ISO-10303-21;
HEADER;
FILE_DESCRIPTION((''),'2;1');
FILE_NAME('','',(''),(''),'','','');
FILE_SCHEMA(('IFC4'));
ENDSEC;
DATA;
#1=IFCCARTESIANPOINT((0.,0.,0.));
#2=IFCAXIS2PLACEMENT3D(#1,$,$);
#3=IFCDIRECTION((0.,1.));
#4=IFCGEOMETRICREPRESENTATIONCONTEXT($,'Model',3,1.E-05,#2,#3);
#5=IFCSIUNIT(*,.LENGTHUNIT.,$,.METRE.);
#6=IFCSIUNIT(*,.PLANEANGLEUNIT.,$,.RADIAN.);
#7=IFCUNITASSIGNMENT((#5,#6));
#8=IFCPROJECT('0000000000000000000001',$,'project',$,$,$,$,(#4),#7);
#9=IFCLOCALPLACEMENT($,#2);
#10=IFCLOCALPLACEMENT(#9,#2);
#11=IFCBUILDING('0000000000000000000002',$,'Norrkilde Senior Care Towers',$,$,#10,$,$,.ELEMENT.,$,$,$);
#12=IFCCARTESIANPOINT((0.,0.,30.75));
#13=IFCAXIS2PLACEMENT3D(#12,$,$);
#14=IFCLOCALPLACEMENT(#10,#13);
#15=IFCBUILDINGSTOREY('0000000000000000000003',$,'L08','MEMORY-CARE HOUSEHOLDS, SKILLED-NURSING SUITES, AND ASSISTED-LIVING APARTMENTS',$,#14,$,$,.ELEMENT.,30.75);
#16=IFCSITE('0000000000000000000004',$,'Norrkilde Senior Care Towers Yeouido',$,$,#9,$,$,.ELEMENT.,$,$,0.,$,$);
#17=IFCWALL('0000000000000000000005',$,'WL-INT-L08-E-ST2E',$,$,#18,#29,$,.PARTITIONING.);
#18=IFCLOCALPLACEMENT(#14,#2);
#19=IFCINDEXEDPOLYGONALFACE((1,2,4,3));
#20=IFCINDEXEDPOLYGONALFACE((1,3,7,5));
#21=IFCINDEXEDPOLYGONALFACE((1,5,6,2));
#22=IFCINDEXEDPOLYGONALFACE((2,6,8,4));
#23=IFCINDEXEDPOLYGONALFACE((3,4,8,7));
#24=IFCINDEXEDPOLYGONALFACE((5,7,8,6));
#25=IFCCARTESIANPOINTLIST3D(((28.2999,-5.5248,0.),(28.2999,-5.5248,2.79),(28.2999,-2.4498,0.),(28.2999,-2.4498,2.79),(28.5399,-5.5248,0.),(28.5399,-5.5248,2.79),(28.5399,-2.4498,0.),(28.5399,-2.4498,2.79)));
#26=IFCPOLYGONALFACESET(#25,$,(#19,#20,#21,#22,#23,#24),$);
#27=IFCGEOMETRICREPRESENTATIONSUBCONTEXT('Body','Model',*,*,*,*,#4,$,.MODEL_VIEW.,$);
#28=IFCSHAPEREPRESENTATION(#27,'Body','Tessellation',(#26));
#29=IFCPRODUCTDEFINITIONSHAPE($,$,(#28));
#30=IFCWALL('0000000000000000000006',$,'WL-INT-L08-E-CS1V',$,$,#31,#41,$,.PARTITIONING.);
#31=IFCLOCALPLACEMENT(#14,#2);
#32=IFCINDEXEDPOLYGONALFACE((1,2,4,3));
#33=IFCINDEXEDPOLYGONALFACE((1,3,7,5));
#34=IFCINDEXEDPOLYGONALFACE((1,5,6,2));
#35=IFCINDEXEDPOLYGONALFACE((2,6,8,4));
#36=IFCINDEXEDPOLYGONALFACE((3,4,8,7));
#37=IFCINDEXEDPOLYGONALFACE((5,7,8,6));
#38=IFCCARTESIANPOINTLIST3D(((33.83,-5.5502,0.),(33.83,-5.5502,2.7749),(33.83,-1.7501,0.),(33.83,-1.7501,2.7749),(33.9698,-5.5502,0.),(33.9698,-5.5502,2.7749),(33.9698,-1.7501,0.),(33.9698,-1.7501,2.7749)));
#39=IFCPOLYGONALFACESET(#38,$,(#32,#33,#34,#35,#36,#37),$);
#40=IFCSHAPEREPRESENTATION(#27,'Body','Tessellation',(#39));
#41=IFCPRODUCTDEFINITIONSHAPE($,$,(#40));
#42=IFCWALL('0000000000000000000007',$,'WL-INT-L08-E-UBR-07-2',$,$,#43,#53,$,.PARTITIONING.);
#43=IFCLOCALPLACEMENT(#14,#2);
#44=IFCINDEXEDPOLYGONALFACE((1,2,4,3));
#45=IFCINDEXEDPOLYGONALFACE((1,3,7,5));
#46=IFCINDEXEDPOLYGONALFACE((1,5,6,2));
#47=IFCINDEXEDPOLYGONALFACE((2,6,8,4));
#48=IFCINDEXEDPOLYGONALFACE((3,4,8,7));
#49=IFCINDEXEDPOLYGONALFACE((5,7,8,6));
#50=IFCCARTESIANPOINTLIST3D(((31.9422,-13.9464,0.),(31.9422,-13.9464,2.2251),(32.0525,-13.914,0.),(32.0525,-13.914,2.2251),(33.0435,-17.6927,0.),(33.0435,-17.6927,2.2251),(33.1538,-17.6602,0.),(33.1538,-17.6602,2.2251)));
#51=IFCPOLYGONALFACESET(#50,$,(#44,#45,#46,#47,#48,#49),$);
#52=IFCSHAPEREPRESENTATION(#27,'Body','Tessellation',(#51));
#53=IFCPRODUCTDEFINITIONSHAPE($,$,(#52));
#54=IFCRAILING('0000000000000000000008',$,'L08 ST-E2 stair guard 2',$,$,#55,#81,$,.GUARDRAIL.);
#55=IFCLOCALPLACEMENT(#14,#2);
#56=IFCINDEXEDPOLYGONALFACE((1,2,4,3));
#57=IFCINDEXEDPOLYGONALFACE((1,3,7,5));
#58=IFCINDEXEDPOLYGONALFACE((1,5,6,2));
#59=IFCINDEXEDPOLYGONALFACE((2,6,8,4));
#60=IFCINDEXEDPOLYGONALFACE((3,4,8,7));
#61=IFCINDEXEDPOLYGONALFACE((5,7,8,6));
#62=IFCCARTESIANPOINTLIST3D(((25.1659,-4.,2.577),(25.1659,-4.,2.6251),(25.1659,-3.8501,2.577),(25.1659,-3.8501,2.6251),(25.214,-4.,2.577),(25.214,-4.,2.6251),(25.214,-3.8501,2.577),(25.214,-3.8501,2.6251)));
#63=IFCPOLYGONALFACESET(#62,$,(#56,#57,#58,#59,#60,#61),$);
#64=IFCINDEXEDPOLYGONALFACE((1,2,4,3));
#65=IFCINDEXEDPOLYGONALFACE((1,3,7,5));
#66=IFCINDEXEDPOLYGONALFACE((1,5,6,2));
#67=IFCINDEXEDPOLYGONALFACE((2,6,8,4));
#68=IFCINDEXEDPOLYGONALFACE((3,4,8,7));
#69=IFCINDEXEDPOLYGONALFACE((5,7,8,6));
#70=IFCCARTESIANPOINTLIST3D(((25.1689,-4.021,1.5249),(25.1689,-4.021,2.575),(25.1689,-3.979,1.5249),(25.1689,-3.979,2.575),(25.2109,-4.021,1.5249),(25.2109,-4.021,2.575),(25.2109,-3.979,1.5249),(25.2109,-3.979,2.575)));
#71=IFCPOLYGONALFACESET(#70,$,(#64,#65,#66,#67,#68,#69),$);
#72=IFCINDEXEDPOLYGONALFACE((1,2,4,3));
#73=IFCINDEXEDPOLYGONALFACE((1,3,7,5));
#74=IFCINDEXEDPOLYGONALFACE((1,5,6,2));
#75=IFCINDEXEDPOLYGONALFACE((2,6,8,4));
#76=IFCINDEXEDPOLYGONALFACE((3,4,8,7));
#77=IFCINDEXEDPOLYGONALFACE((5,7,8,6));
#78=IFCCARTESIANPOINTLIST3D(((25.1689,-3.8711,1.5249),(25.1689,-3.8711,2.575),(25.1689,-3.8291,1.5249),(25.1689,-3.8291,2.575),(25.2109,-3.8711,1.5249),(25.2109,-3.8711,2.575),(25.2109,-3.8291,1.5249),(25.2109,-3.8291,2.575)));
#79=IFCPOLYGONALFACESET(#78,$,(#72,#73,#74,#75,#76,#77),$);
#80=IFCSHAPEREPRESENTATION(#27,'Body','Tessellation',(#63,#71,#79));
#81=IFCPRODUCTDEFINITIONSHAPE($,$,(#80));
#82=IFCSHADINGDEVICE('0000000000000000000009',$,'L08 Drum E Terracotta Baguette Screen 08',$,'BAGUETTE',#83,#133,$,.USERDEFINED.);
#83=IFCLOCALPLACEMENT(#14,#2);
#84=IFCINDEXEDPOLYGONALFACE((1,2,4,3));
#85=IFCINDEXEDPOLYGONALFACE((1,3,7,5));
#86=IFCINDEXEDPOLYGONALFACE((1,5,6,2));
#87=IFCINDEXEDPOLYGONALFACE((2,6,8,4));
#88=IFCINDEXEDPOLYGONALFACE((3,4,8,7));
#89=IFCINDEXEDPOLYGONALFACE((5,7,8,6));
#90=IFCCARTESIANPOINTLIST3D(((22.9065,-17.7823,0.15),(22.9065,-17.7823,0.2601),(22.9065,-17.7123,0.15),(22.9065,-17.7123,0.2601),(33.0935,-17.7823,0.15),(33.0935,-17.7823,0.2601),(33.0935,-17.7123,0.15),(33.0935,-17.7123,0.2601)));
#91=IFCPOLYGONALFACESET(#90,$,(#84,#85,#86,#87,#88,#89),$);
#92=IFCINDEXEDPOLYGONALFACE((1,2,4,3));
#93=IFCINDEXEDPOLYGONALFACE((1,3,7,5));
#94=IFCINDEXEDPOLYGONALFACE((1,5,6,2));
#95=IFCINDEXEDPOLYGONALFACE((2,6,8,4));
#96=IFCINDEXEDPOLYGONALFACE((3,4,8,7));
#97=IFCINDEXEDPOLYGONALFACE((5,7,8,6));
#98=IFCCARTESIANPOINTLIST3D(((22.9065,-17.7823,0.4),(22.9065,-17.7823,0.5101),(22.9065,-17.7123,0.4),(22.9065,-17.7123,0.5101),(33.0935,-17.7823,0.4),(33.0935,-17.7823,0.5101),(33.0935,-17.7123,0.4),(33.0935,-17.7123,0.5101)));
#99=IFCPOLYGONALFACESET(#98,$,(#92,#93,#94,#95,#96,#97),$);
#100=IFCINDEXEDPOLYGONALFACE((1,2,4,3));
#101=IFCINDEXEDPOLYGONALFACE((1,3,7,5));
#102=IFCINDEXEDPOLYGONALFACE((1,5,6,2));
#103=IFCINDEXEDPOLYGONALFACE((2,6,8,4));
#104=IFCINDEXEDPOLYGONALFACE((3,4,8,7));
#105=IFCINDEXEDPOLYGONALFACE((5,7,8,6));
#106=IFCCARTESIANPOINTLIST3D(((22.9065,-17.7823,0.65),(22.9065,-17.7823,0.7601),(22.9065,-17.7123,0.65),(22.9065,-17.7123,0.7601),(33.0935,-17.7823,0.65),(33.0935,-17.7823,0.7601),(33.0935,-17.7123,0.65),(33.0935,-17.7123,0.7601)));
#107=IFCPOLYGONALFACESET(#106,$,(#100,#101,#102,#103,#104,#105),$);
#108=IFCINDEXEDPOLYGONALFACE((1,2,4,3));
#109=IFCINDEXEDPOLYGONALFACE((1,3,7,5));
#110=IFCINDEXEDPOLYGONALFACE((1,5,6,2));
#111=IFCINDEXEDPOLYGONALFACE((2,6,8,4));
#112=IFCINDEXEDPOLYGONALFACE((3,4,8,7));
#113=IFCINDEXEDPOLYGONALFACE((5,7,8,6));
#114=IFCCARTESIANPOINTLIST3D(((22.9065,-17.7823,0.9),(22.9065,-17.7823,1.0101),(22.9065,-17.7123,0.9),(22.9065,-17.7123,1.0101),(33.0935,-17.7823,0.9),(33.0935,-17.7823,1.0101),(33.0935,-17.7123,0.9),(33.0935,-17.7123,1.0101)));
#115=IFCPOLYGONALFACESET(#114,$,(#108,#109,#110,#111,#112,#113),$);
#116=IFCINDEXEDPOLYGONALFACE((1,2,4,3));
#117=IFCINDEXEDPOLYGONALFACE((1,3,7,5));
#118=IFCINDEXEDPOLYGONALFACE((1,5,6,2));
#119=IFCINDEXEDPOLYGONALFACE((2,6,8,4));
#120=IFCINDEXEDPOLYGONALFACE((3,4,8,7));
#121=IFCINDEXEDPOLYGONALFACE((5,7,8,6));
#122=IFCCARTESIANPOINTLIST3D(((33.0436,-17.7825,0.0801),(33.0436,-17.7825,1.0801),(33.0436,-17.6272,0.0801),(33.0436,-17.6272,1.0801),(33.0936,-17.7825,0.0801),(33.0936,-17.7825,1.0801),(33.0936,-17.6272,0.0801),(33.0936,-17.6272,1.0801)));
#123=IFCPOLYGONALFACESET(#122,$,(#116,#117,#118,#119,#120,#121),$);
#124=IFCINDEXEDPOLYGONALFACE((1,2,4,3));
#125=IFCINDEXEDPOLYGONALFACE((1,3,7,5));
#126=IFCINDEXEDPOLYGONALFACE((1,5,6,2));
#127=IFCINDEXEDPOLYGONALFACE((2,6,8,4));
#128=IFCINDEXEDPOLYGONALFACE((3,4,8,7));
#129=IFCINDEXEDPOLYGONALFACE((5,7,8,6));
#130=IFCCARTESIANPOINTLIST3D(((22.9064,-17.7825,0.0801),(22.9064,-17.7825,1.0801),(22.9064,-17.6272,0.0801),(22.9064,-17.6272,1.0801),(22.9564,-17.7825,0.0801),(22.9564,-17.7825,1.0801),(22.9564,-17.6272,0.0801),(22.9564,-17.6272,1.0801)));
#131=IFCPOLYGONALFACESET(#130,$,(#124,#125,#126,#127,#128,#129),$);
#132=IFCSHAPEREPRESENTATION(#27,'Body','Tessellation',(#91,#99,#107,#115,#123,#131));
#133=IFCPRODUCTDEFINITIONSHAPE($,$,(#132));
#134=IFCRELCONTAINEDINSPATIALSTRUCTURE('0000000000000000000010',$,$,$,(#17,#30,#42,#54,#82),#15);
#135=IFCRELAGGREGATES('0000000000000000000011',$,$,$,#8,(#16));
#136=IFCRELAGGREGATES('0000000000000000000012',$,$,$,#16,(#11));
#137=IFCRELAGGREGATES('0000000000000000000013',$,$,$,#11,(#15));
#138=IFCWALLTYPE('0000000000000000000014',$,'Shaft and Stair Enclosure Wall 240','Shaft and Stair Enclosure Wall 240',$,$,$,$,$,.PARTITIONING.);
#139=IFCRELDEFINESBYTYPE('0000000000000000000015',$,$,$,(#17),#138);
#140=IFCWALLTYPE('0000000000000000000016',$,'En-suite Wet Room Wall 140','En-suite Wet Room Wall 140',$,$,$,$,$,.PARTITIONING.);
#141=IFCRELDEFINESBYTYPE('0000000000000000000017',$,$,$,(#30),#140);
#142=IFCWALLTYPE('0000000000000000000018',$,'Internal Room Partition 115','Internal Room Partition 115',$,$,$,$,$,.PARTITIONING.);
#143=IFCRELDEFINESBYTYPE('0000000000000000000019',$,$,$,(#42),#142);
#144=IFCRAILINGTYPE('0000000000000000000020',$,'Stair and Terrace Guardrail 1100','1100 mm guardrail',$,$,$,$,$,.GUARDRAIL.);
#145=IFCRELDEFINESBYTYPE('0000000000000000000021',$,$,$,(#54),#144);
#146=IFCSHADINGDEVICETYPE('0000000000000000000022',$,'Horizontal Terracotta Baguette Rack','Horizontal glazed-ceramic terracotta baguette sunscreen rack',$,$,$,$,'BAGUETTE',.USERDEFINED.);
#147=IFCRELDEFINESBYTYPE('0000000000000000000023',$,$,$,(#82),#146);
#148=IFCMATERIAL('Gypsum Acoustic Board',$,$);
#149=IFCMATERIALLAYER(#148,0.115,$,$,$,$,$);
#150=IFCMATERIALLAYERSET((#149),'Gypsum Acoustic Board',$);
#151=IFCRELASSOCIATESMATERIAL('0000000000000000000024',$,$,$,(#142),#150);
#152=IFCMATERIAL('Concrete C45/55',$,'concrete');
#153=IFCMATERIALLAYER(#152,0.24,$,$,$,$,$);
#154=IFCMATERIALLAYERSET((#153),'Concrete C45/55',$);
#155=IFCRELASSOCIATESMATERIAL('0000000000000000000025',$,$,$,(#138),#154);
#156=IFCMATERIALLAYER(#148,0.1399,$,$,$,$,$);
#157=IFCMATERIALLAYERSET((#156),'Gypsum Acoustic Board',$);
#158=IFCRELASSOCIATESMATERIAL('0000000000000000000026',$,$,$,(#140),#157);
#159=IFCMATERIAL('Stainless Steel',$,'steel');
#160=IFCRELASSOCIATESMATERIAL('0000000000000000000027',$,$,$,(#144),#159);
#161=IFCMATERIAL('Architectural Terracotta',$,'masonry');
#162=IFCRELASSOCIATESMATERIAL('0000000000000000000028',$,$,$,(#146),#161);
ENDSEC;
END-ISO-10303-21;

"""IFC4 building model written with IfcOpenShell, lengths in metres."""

from ifc_helpers import new_model, si_unit, direction, frame, frame_2d, origin, origin_2d, place, context, subcontext, project, spatial, rectangle, extrude, source, transform, mapped, material, layer, layer_set, type_object, type_shapes, element, save


model = new_model("IFC4")

# Units and contexts
model_context = context("Model", 3, precision=1e-05, world=origin(), true_north=direction((0.0, 1.0)))
body_context = subcontext(model_context, "Body", "Model", "MODEL_VIEW")
ifc_project = project(units=[si_unit("LENGTHUNIT", "METRE"), si_unit("PLANEANGLEUNIT", "RADIAN")], contexts=[model_context])

# Site, building, storey
site_placement = place(None, origin())
site = spatial("IfcSite", under=ifc_project, at=site_placement, Name="Norrkilde Senior Care Towers Yeouido", CompositionType="ELEMENT", RefElevation=0.0)
building_placement = place(site_placement, origin())
building = spatial("IfcBuilding", under=site, at=building_placement, Name="Norrkilde Senior Care Towers", CompositionType="ELEMENT")
storey_placement = place(building_placement, frame((0.0, 0.0, 30.75)))
storey = spatial("IfcBuildingStorey", under=building, at=storey_placement, Name="L08", Description="MEMORY-CARE HOUSEHOLDS, SKILLED-NURSING SUITES, AND ASSISTED-LIVING APARTMENTS", CompositionType="ELEMENT", Elevation=30.75)

# Shared definitions
ifc_material_1 = material(Name="Gypsum Acoustic Board")
ifc_layer_1 = layer(ifc_material_1, 0.115)
ifc_layer_set_1 = layer_set([ifc_layer_1], Name="Gypsum Acoustic Board")
wall_type_1 = type_object("IfcWallType", Name="Internal Room Partition 115", Description="Internal Room Partition 115", PredefinedType="PARTITIONING", material=ifc_layer_set_1)
ifc_material_2 = material(Name="Concrete C45/55", Category="concrete")

# Walls
ifc_layer_2 = layer(ifc_material_2, 0.24)
ifc_layer_set_2 = layer_set([ifc_layer_2], Name="Concrete C45/55")
wall_type_2 = type_object("IfcWallType", Name="Shaft and Stair Enclosure Wall 240", Description="Shaft and Stair Enclosure Wall 240", PredefinedType="PARTITIONING", material=ifc_layer_set_2)
shared_shape_1 = source(origin(), body_context, "Body", "SweptSolid", [
    extrude(rectangle(XDim=3.075, YDim=0.24, at=frame_2d((1.5376, 0.0))), origin(), (0.0, 0.0, 1.0), 2.79),
])
type_shapes(wall_type_2, [shared_shape_1])
wall_1_placement = place(storey_placement, frame((28.4199, -5.5249, 0.0), z_axis=(0.0, 0.0, 1.0), x_axis=(0.0, 1.0, 0.0)))
element("IfcWall", 1, at=wall_1_placement, inside=storey, type_object=wall_type_2, Name="WL-INT-L08-E-ST2E", PredefinedType="PARTITIONING", context=body_context, shape_type="MappedRepresentation", body=[
    mapped(shared_shape_1, transform((0.0, 0.0, 0.0), x_axis=(1.0, 0.0, 0.0), y_axis=(0.0, 1.0, 0.0), z_axis=(0.0, 0.0, 1.0), scale=1.0)),
])
ifc_layer_3 = layer(ifc_material_1, 0.1399)
ifc_layer_set_3 = layer_set([ifc_layer_3], Name="Gypsum Acoustic Board")
wall_type_3 = type_object("IfcWallType", Name="En-suite Wet Room Wall 140", Description="En-suite Wet Room Wall 140", PredefinedType="PARTITIONING", material=ifc_layer_set_3)
shared_shape_2 = source(origin(), body_context, "Body", "SweptSolid", [
    extrude(rectangle(XDim=3.8, YDim=0.1399, at=frame_2d((1.8999, 0.0))), origin(), (0.0, 0.0, 1.0), 2.7749),
])
type_shapes(wall_type_3, [shared_shape_2])
wall_2_placement = place(storey_placement, frame((33.8999, -5.55, 0.0), z_axis=(0.0, 0.0, 1.0), x_axis=(0.0, 1.0, 0.0)))
element("IfcWall", 2, at=wall_2_placement, inside=storey, type_object=wall_type_3, Name="WL-INT-L08-E-CS1V", PredefinedType="PARTITIONING", context=body_context, shape_type="MappedRepresentation", body=[
    mapped(shared_shape_2, transform((0.0, 0.0, 0.0), x_axis=(1.0, 0.0, 0.0), y_axis=(0.0, 1.0, 0.0), z_axis=(0.0, 0.0, 1.0), scale=1.0)),
])
shared_shape_3 = source(origin(), body_context, "Body", "SweptSolid", [
    extrude(rectangle(XDim=3.9048, YDim=0.115, at=frame_2d((1.9524, 0.0))), origin(), (0.0, 0.0, 1.0), 2.2251),
])
wall_3_placement = place(storey_placement, frame((31.9973, -13.9302, 0.0), z_axis=(0.0, 0.0, 1.0), x_axis=(0.282038, -0.959403, 0.0)))
element("IfcWall", 3, at=wall_3_placement, inside=storey, type_object=wall_type_1, Name="WL-INT-L08-E-UBR-07-2", PredefinedType="PARTITIONING", context=body_context, shape_type="MappedRepresentation", body=[
    mapped(shared_shape_3, transform((0.0, 0.0, 0.0), x_axis=(1.0, 0.0, 0.0), y_axis=(0.0, 1.0, 0.0), z_axis=(0.0, 0.0, 1.0), scale=1.0)),
])

# Railing
ifc_material_3 = material(Name="Stainless Steel", Category="steel")
railing_type = type_object("IfcRailingType", Name="Stair and Terrace Guardrail 1100", Description="1100 mm guardrail", PredefinedType="GUARDRAIL", material=ifc_material_3)
railing_placement = place(storey_placement, frame((25.1899, -4.0, 1.5249)))
element("IfcRailing", 4, at=railing_placement, inside=storey, type_object=railing_type, Name="L08 ST-E2 stair guard 2", PredefinedType="GUARDRAIL", context=body_context, shape_type="SweptSolid", body=[
    extrude(rectangle(XDim=0.0481, YDim=0.0481, at=origin_2d()), frame((0.0, 0.0, 1.0762), z_axis=(0.0, 1.0, 0.0), x_axis=(-1.0, 0.0, 0.0)), (0.0, 0.0, 1.0), 0.1499),
    extrude(rectangle(XDim=0.042, YDim=0.042, at=origin_2d()), origin(), (0.0, 0.0, 1.0), 1.05),
    extrude(rectangle(XDim=0.042, YDim=0.042, at=origin_2d()), frame((0.0, 0.1499, 0.0)), (0.0, 0.0, 1.0), 1.05),
])

# Shading device
ifc_material_4 = material(Name="Architectural Terracotta", Category="masonry")
shading_device_type = type_object("IfcShadingDeviceType", Name="Horizontal Terracotta Baguette Rack", Description="Horizontal glazed-ceramic terracotta baguette sunscreen rack", ElementType="BAGUETTE", PredefinedType="USERDEFINED", material=ifc_material_4)
shared_shape_4 = source(origin(), body_context, "Body", "SweptSolid", [
    extrude(rectangle(XDim=0.0701, YDim=0.1101, at=origin_2d()), frame((0.0, 0.0901, 0.125), z_axis=(1.0, 0.0, 0.0), x_axis=(0.0, 1.0, 0.0)), (0.0, 0.0, 1.0), 10.187),
    extrude(rectangle(XDim=0.0701, YDim=0.1101, at=origin_2d()), frame((0.0, 0.0901, 0.375), z_axis=(1.0, 0.0, 0.0), x_axis=(0.0, 1.0, 0.0)), (0.0, 0.0, 1.0), 10.187),
    extrude(rectangle(XDim=0.0701, YDim=0.1101, at=origin_2d()), frame((0.0, 0.0901, 0.625), z_axis=(1.0, 0.0, 0.0), x_axis=(0.0, 1.0, 0.0)), (0.0, 0.0, 1.0), 10.187),
    extrude(rectangle(XDim=0.0701, YDim=0.1101, at=origin_2d()), frame((0.0, 0.0901, 0.875), z_axis=(1.0, 0.0, 0.0), x_axis=(0.0, 1.0, 0.0)), (0.0, 0.0, 1.0), 10.187),
    extrude(rectangle(XDim=0.05, YDim=0.1553, at=origin_2d()), frame((0.0249, 0.0476, 0.0)), (0.0, 0.0, 1.0), 1.0),
    extrude(rectangle(XDim=0.05, YDim=0.1553, at=origin_2d()), frame((10.1621, 0.0476, 0.0)), (0.0, 0.0, 1.0), 1.0),
])
type_shapes(shading_device_type, [shared_shape_4])
shading_device_placement = place(storey_placement, frame((33.0935, -17.6572, 0.0801), z_axis=(0.0, 0.0, 1.0), x_axis=(-1.0, 0.0, 0.0)))
element("IfcShadingDevice", 5, at=shading_device_placement, inside=storey, type_object=shading_device_type, Name="L08 Drum E Terracotta Baguette Screen 08", ObjectType="BAGUETTE", PredefinedType="USERDEFINED", context=body_context, shape_type="MappedRepresentation", body=[
    mapped(shared_shape_4, transform((0.0, 0.0, 0.0), x_axis=(1.0, 0.0, 0.0), y_axis=(0.0, 1.0, 0.0), z_axis=(0.0, 0.0, 1.0), scale=1.0)),
])

save(model, "model.ifc")
